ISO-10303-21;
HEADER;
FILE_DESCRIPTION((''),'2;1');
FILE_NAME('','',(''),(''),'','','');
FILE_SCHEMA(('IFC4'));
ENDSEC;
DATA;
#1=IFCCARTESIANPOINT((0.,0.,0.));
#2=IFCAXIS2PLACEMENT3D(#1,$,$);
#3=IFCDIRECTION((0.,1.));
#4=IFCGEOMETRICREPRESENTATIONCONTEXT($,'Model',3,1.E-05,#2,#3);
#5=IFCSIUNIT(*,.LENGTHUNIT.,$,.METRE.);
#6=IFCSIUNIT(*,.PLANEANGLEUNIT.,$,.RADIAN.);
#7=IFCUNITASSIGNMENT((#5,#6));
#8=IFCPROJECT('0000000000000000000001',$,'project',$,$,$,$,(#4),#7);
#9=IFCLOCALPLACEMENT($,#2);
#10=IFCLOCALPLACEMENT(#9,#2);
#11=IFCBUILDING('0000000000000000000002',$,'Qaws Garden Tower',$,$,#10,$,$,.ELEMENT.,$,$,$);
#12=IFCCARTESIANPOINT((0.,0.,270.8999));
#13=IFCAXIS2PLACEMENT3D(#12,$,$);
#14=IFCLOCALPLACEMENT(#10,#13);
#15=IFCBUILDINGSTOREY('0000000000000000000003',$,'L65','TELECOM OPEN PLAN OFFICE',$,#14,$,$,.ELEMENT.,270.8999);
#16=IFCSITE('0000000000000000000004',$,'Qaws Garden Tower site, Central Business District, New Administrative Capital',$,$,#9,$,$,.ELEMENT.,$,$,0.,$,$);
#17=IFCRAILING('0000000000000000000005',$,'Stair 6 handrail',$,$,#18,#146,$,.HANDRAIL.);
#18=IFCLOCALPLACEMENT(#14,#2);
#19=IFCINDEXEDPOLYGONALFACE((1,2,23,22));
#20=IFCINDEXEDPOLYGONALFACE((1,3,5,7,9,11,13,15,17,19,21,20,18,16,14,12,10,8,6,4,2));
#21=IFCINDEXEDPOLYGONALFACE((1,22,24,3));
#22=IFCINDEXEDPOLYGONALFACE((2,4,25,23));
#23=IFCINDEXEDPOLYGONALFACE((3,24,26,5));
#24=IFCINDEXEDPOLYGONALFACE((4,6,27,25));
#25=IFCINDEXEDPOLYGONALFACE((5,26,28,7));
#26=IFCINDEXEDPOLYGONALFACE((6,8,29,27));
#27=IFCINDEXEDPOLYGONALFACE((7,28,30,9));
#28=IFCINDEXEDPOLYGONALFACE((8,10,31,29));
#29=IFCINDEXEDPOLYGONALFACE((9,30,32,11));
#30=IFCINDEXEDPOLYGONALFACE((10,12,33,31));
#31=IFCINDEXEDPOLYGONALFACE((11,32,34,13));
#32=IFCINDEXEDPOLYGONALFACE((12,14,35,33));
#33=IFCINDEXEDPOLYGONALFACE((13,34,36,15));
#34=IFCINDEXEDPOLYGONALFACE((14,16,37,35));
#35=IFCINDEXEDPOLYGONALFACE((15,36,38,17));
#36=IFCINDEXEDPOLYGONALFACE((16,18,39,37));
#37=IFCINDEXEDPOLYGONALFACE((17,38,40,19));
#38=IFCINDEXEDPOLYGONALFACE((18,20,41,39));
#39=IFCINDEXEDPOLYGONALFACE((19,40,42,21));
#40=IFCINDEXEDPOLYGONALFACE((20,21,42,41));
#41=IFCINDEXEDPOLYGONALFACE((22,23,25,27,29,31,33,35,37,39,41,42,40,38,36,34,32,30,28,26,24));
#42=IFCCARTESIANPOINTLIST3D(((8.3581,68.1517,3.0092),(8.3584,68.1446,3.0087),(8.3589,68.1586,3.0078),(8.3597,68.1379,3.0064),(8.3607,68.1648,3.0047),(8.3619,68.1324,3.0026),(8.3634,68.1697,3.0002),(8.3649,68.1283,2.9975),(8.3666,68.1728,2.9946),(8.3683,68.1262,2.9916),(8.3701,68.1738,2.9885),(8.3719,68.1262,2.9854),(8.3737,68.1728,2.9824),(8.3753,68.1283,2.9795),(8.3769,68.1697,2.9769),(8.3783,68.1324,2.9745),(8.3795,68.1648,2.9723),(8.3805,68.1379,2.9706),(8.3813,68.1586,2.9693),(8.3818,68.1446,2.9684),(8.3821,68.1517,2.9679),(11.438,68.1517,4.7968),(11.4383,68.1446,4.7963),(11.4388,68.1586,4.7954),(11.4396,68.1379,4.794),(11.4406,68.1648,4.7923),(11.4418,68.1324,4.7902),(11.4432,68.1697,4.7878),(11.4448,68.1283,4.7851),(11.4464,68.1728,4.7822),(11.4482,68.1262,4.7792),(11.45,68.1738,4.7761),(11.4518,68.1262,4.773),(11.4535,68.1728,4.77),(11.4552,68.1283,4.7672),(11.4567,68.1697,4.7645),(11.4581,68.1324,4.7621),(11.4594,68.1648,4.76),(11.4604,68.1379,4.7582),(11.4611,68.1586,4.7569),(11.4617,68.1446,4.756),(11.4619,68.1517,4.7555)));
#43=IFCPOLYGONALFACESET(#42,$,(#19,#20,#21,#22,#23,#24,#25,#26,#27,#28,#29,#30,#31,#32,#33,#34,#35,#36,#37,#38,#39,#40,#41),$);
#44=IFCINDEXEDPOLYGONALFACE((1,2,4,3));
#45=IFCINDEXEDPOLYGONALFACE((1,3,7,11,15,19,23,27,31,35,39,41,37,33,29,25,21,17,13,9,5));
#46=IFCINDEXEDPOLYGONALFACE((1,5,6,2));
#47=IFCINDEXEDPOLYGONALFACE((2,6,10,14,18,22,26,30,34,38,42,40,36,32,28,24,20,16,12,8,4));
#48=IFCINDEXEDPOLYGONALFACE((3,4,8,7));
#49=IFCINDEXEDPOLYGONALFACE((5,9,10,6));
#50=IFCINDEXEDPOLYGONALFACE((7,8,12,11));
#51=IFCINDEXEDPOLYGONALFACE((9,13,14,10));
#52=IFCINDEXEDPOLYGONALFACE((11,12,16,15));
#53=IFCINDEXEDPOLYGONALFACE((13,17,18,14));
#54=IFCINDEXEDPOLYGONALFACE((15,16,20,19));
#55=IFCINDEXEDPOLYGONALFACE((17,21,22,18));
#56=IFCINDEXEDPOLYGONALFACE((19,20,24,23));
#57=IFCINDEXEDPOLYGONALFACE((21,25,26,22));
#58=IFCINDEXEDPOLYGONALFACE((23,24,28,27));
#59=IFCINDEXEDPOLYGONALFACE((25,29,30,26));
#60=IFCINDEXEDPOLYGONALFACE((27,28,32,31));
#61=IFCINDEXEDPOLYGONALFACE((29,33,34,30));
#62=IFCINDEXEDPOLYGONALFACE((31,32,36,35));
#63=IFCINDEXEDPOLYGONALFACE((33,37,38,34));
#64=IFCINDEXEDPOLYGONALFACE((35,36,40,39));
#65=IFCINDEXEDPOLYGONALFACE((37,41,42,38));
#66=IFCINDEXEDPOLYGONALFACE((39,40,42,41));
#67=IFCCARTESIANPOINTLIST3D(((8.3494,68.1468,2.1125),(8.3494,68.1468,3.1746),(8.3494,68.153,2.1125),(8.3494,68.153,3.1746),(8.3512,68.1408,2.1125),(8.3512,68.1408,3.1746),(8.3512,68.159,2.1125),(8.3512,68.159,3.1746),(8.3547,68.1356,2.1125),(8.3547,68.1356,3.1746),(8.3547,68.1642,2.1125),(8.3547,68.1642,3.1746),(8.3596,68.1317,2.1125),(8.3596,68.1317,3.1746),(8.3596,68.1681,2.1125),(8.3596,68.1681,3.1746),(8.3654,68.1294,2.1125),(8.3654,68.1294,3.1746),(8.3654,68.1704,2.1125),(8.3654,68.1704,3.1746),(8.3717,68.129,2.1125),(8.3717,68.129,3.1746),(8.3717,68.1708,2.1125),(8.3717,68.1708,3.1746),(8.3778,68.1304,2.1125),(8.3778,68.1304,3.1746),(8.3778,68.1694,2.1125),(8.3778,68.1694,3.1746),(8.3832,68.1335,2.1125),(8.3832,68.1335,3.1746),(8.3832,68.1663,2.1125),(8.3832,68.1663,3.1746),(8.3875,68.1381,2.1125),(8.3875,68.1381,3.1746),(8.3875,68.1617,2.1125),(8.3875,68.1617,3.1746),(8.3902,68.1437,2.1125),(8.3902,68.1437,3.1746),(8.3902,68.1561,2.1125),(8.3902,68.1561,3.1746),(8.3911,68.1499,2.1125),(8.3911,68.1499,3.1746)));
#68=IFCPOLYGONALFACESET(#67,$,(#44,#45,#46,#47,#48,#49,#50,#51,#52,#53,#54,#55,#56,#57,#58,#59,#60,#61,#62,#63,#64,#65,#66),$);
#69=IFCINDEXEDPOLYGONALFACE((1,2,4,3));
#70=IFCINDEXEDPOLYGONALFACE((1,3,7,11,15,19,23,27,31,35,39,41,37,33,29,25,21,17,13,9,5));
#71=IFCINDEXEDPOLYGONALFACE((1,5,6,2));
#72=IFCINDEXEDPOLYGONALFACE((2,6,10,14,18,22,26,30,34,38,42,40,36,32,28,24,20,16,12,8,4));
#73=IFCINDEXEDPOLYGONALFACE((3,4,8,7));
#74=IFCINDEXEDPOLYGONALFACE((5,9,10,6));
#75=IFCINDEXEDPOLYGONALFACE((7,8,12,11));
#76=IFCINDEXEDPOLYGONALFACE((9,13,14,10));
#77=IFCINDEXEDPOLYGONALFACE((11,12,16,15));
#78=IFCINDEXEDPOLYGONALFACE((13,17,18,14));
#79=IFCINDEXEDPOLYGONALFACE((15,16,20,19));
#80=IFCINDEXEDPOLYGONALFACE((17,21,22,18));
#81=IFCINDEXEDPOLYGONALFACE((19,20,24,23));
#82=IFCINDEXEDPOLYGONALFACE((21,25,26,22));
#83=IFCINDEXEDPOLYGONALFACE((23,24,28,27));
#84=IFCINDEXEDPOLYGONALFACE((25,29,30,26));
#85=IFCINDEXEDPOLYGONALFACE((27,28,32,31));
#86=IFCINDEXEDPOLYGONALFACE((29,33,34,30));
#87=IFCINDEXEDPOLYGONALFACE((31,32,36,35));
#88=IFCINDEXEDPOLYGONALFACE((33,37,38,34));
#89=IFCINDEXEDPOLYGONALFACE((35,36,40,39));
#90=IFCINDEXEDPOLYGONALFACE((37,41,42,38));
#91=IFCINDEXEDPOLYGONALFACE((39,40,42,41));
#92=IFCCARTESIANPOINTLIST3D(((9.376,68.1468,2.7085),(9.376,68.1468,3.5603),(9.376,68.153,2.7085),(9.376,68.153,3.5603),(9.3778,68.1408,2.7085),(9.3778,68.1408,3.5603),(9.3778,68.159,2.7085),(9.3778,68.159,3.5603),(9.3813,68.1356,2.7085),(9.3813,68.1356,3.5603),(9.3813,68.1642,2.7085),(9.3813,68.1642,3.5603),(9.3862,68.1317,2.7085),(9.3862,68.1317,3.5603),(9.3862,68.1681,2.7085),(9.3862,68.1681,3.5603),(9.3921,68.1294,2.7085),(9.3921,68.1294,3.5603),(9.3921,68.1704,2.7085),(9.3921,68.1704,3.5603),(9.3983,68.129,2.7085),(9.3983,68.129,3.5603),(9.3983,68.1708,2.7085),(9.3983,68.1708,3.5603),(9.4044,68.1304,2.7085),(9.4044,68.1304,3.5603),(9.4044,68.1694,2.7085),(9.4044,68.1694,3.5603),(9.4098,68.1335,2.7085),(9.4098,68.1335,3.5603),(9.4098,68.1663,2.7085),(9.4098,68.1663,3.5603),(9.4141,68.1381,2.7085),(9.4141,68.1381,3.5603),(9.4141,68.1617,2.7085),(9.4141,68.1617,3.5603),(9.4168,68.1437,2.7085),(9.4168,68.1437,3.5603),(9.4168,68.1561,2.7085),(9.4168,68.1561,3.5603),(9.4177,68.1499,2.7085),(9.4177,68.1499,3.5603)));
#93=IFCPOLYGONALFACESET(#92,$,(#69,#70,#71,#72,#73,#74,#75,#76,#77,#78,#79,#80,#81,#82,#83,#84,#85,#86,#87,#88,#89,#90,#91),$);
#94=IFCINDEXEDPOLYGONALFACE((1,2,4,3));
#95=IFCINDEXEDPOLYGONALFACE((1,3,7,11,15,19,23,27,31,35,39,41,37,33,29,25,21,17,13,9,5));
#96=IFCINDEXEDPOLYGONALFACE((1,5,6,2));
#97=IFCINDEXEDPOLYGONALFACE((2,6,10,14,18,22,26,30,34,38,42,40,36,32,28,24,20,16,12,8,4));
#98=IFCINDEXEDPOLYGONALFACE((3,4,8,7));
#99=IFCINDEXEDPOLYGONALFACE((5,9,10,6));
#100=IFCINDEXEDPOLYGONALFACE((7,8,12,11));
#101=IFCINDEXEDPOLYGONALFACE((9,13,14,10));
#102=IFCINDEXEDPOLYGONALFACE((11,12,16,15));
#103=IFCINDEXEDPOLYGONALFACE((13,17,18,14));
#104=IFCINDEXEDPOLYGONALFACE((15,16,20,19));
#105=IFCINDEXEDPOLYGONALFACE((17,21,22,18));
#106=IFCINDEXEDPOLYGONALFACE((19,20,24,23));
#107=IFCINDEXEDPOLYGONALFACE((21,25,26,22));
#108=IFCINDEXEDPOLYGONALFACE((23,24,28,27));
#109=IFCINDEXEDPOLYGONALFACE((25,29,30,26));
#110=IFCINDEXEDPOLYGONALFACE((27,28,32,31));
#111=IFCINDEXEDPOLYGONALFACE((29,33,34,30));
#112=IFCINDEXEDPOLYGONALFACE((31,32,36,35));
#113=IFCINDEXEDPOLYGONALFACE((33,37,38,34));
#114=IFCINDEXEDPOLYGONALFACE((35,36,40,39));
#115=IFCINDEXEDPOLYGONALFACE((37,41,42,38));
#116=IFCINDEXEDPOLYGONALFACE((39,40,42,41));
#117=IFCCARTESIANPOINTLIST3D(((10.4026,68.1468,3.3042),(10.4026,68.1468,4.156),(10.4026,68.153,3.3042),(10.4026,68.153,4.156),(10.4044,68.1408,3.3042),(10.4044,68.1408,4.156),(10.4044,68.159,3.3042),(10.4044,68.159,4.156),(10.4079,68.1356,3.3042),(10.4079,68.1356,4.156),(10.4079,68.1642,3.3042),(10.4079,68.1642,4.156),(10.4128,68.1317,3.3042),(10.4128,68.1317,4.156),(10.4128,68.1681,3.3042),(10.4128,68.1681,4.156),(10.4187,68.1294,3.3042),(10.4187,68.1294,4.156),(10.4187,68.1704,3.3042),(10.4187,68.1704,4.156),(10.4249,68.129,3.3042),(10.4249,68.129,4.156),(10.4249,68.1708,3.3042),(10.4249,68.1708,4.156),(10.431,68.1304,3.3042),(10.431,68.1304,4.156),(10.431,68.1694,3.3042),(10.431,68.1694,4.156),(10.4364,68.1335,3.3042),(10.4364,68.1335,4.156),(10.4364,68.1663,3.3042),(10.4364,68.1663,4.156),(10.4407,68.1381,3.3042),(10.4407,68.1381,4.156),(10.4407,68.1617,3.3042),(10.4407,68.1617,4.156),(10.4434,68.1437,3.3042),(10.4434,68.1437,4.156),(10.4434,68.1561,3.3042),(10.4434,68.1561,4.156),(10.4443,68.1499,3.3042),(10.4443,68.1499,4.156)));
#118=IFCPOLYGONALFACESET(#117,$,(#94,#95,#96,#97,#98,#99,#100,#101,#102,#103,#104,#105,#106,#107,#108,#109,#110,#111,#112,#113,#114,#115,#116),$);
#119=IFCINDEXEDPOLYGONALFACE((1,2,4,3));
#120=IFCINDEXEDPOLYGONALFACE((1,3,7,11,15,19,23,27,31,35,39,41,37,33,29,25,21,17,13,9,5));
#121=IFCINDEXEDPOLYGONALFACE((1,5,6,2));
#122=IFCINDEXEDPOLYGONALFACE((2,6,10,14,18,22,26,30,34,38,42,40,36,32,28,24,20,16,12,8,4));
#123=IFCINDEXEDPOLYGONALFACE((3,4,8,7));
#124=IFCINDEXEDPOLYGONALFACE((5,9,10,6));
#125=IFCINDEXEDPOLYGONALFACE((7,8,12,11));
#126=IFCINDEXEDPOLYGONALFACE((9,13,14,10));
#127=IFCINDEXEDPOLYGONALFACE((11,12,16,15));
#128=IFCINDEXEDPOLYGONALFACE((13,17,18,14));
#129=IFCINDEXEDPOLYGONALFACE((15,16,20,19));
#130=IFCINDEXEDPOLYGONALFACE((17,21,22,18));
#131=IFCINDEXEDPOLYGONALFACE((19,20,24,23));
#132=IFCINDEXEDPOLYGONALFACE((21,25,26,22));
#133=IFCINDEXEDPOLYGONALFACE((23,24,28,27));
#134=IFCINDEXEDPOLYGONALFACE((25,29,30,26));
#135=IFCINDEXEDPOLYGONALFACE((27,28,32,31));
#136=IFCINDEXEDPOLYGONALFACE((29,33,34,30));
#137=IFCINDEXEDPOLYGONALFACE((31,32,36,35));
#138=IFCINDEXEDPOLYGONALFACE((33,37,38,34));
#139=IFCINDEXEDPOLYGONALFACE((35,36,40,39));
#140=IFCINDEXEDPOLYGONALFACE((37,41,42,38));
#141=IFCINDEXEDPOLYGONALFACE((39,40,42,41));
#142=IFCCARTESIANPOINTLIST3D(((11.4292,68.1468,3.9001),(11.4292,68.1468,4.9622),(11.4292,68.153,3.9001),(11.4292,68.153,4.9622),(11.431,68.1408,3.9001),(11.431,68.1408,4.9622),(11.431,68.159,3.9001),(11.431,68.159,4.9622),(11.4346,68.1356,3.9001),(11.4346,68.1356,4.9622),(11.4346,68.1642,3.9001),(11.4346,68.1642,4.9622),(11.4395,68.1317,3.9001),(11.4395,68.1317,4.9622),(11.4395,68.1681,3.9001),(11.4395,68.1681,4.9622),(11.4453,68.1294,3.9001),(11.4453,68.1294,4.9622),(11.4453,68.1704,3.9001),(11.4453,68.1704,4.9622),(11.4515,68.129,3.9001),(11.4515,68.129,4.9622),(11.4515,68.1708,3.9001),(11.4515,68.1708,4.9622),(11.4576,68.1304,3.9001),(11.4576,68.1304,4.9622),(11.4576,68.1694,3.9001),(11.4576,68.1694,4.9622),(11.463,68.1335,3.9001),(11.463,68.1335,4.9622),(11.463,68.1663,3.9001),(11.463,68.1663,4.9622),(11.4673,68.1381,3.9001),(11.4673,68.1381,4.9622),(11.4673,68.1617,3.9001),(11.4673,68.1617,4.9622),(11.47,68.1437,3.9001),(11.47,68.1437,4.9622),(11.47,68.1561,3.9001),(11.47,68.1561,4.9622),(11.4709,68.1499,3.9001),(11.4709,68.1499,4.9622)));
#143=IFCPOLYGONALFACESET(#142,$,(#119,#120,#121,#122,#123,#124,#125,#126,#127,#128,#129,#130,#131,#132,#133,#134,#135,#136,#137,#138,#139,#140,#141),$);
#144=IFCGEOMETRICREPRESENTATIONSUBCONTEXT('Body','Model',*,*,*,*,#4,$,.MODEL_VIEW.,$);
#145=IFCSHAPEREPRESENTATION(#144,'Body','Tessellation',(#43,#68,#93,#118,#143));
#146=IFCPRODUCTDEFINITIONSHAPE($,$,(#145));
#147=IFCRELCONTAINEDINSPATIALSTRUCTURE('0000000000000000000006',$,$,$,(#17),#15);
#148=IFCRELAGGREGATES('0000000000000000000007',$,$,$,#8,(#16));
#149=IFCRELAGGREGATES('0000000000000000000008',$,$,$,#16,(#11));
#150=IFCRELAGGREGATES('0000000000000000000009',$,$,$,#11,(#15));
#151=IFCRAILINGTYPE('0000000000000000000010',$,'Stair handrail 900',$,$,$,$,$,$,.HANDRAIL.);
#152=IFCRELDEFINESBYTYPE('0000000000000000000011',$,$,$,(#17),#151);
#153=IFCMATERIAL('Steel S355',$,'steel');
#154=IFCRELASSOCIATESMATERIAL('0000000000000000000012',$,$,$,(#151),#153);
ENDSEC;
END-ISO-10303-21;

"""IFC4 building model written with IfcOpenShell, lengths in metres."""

from ifc_helpers import new_model, si_unit, direction, frame, origin, origin_2d, place, context, subcontext, project, spatial, circle, extrude, material, type_object, element, save


model = new_model("IFC4")

# Units and contexts
model_context = context("Model", 3, precision=1e-05, world=origin(), true_north=direction((0.0, 1.0)))
body_context = subcontext(model_context, "Body", "Model", "MODEL_VIEW")
ifc_project = project(units=[si_unit("LENGTHUNIT", "METRE"), si_unit("PLANEANGLEUNIT", "RADIAN")], contexts=[model_context])

# Site, building, storey
site_placement = place(None, origin())
site = spatial("IfcSite", under=ifc_project, at=site_placement, Name="Qaws Garden Tower site, Central Business District, New Administrative Capital", CompositionType="ELEMENT", RefElevation=0.0)
building_placement = place(site_placement, origin())
building = spatial("IfcBuilding", under=site, at=building_placement, Name="Qaws Garden Tower", CompositionType="ELEMENT")
storey_placement = place(building_placement, frame((0.0, 0.0, 270.8999)))
storey = spatial("IfcBuildingStorey", under=building, at=storey_placement, Name="L65", Description="TELECOM OPEN PLAN OFFICE", CompositionType="ELEMENT", Elevation=270.8999)

# Railing
ifc_material_1 = material(Name="Steel S355", Category="steel")
railing_type = type_object("IfcRailingType", Name="Stair handrail 900", PredefinedType="HANDRAIL", material=ifc_material_1)
railing_1_placement = place(storey_placement, frame((8.3701, 68.1499, 2.1125)))
element("IfcRailing", 1, at=railing_1_placement, inside=storey, type_object=railing_type, Name="Stair 6 handrail", PredefinedType="HANDRAIL", context=body_context, shape_type="SweptSolid", body=[
    extrude(circle(Radius=0.0239, at=origin_2d()), frame((0.0, 0.0, 0.876), z_axis=(0.864873, 0.0, 0.50199), x_axis=(0.0, 1.0, 0.0)), (0.0, 0.0, 1.0), 3.561),
    extrude(circle(Radius=0.021, at=origin_2d()), origin(), (0.0, 0.0, 1.0), 1.062),
    extrude(circle(Radius=0.021, at=origin_2d()), frame((1.0266, 0.0, 0.5959)), (0.0, 0.0, 1.0), 0.8518),
    extrude(circle(Radius=0.021, at=origin_2d()), frame((2.0532, 0.0, 1.1917)), (0.0, 0.0, 1.0), 0.8518),
    extrude(circle(Radius=0.021, at=origin_2d()), frame((3.0798, 0.0, 1.7876)), (0.0, 0.0, 1.0), 1.062),
])

save(model, "model.ifc")
